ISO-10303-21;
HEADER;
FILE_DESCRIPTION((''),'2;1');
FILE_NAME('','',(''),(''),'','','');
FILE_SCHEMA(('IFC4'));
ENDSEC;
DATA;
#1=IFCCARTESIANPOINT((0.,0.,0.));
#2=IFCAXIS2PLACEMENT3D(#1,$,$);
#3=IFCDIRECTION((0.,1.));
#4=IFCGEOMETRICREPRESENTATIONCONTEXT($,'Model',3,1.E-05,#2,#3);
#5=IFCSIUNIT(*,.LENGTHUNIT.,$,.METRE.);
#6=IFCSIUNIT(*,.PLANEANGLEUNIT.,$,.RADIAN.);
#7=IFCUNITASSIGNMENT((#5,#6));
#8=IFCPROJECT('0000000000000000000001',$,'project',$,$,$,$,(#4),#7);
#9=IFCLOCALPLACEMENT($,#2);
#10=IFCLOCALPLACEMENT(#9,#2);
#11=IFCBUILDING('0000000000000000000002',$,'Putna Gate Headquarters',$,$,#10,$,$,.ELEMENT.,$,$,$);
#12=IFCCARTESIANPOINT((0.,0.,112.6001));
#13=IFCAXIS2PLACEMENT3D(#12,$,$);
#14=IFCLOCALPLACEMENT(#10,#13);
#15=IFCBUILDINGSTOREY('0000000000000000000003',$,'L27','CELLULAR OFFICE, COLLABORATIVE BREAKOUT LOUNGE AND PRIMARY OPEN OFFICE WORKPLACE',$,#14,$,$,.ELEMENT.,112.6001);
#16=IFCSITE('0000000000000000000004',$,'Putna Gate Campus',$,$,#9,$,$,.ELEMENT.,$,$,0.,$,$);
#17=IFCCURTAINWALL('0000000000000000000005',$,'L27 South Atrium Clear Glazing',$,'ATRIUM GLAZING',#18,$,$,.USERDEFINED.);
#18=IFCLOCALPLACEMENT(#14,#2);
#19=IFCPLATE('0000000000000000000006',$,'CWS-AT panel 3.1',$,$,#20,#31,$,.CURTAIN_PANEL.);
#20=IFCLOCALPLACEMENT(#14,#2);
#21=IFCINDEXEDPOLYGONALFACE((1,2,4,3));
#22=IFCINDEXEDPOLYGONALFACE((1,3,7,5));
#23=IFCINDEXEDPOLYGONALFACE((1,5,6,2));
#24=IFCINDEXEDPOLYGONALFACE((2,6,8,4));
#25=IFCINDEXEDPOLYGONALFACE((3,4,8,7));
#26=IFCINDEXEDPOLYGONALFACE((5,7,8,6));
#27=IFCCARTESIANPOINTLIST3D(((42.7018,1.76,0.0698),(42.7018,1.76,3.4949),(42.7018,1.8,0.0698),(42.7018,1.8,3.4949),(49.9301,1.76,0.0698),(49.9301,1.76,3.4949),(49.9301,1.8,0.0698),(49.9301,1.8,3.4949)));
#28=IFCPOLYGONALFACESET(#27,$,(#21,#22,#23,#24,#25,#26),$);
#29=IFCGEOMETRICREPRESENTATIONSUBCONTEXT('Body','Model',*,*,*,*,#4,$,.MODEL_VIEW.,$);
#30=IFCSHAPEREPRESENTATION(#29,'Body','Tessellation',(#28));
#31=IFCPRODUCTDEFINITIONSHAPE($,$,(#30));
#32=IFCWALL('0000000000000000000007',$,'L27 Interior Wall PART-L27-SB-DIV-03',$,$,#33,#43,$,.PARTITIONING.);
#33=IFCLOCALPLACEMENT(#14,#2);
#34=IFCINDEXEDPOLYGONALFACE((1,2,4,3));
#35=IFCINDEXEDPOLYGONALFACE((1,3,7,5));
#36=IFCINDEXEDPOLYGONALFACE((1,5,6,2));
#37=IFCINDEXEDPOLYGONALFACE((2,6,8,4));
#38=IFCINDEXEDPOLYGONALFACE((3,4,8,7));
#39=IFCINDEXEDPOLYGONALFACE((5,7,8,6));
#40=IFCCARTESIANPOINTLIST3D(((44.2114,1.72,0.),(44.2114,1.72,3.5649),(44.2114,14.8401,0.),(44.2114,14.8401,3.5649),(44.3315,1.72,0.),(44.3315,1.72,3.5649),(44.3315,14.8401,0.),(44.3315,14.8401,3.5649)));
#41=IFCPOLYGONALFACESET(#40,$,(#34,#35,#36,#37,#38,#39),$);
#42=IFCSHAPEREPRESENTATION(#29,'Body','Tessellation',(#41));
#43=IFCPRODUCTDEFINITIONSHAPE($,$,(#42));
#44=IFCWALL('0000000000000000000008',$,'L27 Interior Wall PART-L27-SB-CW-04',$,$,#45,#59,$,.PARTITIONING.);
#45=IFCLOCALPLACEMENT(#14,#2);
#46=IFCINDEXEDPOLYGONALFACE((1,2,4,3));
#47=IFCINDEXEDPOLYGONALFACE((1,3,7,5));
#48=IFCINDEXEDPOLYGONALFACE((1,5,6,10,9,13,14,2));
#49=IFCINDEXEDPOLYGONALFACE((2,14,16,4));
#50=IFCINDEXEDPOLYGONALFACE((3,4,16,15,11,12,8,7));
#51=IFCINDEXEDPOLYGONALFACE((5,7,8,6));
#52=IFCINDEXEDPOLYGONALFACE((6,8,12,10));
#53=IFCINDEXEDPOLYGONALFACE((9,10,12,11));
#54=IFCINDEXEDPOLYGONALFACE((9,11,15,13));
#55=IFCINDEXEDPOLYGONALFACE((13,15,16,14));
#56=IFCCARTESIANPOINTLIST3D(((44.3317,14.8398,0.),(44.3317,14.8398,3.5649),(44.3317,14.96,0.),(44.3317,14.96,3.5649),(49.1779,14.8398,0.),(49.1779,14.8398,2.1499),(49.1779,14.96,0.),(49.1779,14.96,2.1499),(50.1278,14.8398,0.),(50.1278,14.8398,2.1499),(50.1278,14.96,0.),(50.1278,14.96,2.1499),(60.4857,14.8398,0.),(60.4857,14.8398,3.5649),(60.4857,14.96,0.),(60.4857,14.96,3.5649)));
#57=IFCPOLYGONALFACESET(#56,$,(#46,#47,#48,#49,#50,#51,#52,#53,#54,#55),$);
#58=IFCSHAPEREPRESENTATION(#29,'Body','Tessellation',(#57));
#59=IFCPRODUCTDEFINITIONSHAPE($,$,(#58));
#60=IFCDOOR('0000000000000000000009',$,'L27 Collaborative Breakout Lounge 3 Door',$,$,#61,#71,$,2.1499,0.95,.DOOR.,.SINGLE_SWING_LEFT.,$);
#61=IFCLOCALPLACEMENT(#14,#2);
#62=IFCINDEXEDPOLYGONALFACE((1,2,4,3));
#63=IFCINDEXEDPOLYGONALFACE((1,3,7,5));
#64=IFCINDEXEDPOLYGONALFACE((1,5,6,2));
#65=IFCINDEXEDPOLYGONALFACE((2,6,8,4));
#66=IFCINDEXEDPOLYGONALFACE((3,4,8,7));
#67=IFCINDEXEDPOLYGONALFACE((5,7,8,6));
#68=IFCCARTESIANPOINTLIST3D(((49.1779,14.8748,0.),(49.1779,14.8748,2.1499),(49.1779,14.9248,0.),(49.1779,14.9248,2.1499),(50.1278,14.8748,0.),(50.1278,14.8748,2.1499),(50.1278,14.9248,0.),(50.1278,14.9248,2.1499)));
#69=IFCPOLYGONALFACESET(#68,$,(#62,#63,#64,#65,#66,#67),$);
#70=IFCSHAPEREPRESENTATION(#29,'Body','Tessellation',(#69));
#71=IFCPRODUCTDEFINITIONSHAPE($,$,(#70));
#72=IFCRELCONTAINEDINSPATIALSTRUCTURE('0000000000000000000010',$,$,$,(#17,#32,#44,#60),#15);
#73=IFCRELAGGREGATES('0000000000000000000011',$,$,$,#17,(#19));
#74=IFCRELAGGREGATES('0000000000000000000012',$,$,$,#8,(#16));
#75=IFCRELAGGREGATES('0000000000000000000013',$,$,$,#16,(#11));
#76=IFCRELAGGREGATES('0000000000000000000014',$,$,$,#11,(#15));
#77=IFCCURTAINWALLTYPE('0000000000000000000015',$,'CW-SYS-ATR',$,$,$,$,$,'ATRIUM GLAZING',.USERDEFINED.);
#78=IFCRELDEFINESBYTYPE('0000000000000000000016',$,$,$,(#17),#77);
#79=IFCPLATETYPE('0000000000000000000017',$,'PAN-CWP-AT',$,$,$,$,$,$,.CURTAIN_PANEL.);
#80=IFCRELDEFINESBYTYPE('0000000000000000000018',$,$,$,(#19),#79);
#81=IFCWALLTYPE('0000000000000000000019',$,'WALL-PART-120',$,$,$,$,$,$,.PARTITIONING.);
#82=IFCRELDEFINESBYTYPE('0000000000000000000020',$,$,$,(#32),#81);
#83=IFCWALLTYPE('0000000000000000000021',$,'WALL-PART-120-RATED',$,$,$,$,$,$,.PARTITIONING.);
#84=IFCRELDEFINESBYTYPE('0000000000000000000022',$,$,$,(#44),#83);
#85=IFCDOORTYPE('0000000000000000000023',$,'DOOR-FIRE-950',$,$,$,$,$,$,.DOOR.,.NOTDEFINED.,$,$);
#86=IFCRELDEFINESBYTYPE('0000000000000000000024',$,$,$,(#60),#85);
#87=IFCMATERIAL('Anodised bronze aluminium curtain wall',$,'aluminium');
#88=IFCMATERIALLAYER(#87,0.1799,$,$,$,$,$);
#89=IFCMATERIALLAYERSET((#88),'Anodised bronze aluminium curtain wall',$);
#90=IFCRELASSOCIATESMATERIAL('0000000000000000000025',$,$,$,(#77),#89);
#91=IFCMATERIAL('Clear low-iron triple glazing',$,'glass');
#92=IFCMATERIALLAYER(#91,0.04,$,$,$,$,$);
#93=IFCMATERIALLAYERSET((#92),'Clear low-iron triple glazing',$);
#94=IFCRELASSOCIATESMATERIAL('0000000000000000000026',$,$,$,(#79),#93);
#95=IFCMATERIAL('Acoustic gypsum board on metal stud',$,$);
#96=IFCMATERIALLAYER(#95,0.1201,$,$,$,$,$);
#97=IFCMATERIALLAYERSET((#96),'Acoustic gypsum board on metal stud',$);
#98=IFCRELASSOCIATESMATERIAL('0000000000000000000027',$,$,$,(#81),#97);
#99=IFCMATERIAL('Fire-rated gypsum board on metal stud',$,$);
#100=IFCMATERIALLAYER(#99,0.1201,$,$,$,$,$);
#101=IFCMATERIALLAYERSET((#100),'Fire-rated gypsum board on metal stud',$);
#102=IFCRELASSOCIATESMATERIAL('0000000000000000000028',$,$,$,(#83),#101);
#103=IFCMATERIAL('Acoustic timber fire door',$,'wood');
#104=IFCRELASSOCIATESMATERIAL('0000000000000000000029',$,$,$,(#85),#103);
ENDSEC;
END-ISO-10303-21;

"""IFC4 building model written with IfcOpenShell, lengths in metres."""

from ifc_helpers import new_model, si_unit, direction, frame, frame_2d, origin, origin_2d, place, context, subcontext, project, spatial, rectangle, extrude, material, layer, layer_set, type_object, element, fill, aggregate, save


model = new_model("IFC4")

# Units and contexts
model_context = context("Model", 3, precision=1e-05, world=origin(), true_north=direction((0.0, 1.0)))
body_context = subcontext(model_context, "Body", "Model", "MODEL_VIEW")
ifc_project = project(units=[si_unit("LENGTHUNIT", "METRE"), si_unit("PLANEANGLEUNIT", "RADIAN")], contexts=[model_context])

# Site, building, storey
site_placement = place(None, origin())
site = spatial("IfcSite", under=ifc_project, at=site_placement, Name="Putna Gate Campus", CompositionType="ELEMENT", RefElevation=0.0)
building_placement = place(site_placement, origin())
building = spatial("IfcBuilding", under=site, at=building_placement, Name="Putna Gate Headquarters", CompositionType="ELEMENT")
storey_placement = place(building_placement, frame((0.0, 0.0, 112.6001)))
storey = spatial("IfcBuildingStorey", under=building, at=storey_placement, Name="L27", Description="CELLULAR OFFICE, COLLABORATIVE BREAKOUT LOUNGE AND PRIMARY OPEN OFFICE WORKPLACE", CompositionType="ELEMENT", Elevation=112.6001)

# Curtain wall, plate
ifc_material_1 = material(Name="Anodised bronze aluminium curtain wall", Category="aluminium")
ifc_layer_1 = layer(ifc_material_1, 0.1799)
ifc_layer_set_1 = layer_set([ifc_layer_1], Name="Anodised bronze aluminium curtain wall")
curtain_wall_type = type_object("IfcCurtainWallType", Name="CW-SYS-ATR", ElementType="ATRIUM GLAZING", PredefinedType="USERDEFINED", material=ifc_layer_set_1)
curtain_wall_placement = place(storey_placement, origin())
curtain_wall = element("IfcCurtainWall", 1, at=curtain_wall_placement, inside=storey, type_object=curtain_wall_type, Name="L27 South Atrium Clear Glazing", ObjectType="ATRIUM GLAZING", PredefinedType="USERDEFINED")
ifc_material_2 = material(Name="Clear low-iron triple glazing", Category="glass")
ifc_layer_2 = layer(ifc_material_2, 0.04)
ifc_layer_set_2 = layer_set([ifc_layer_2], Name="Clear low-iron triple glazing")
plate_type = type_object("IfcPlateType", Name="PAN-CWP-AT", PredefinedType="CURTAIN_PANEL", material=ifc_layer_set_2)
plate_1_placement = place(storey_placement, frame((46.3159, 1.78, 0.0698), z_axis=(0.0, 0.0, 1.0), x_axis=(1.0, 0.0, 0.0)))
plate_1 = element("IfcPlate", 2, at=plate_1_placement, type_object=plate_type, Name="CWS-AT panel 3.1", PredefinedType="CURTAIN_PANEL", context=body_context, shape_type="SweptSolid", body=[
    extrude(rectangle(XDim=7.2283, YDim=0.04, at=origin_2d()), origin(), (0.0, 0.0, 1.0), 3.425),
])
aggregate(curtain_wall, [plate_1])

# Wall
ifc_material_3 = material(Name="Acoustic gypsum board on metal stud")
ifc_layer_3 = layer(ifc_material_3, 0.1201)
ifc_layer_set_3 = layer_set([ifc_layer_3], Name="Acoustic gypsum board on metal stud")
wall_type_1 = type_object("IfcWallType", Name="WALL-PART-120", PredefinedType="PARTITIONING", material=ifc_layer_set_3)
wall_1_placement = place(storey_placement, frame((44.2715, 1.72, 0.0), z_axis=(0.0, 0.0, 1.0), x_axis=(0.0, 1.0, 0.0)))
element("IfcWall", 3, at=wall_1_placement, inside=storey, type_object=wall_type_1, Name="L27 Interior Wall PART-L27-SB-DIV-03", PredefinedType="PARTITIONING", context=body_context, shape_type="SweptSolid", body=[
    extrude(rectangle(XDim=13.1201, YDim=0.1201, at=frame_2d((6.5601, 0.0))), origin(), (0.0, 0.0, 1.0), 3.5649),
])

# Wall, opening, door
ifc_material_4 = material(Name="Fire-rated gypsum board on metal stud")
ifc_layer_4 = layer(ifc_material_4, 0.1201)
ifc_layer_set_4 = layer_set([ifc_layer_4], Name="Fire-rated gypsum board on metal stud")
wall_type_2 = type_object("IfcWallType", Name="WALL-PART-120-RATED", PredefinedType="PARTITIONING", material=ifc_layer_set_4)
wall_2_placement = place(storey_placement, frame((44.3315, 14.8999, 0.0), z_axis=(0.0, 0.0, 1.0), x_axis=(1.0, 0.0, 0.0)))
wall_2 = element("IfcWall", 4, at=wall_2_placement, inside=storey, type_object=wall_type_2, Name="L27 Interior Wall PART-L27-SB-CW-04", PredefinedType="PARTITIONING", context=body_context, shape_type="SweptSolid", body=[
    extrude(rectangle(XDim=16.1541, YDim=0.1201, at=frame_2d((8.0771, 0.0))), origin(), (0.0, 0.0, 1.0), 3.5649),
])
opening_placement = place(wall_2_placement, frame((4.8462, 0.0, 0.0)))
opening = element("IfcOpeningElement", 5, at=opening_placement, cuts=wall_2, PredefinedType="OPENING", context=body_context, shape_type="SweptSolid", body=[
    extrude(rectangle(XDim=0.95, YDim=2.1499, at=frame_2d((0.4751, 1.075))), frame((0.0, 0.0701, 0.0), z_axis=(0.0, -1.0, 0.0), x_axis=(1.0, 0.0, 0.0)), (0.0, 0.0, 1.0), 0.1401),
])
ifc_material_5 = material(Name="Acoustic timber fire door", Category="wood")
door_type = type_object("IfcDoorType", Name="DOOR-FIRE-950", OperationType="NOTDEFINED", PredefinedType="DOOR", material=ifc_material_5)
door_placement = place(opening_placement, origin())
door = element("IfcDoor", 6, at=door_placement, inside=storey, type_object=door_type, Name="L27 Collaborative Breakout Lounge 3 Door", OperationType="SINGLE_SWING_LEFT", OverallHeight=2.1499, OverallWidth=0.95, PredefinedType="DOOR", context=body_context, shape_type="SweptSolid", body=[
    extrude(rectangle(XDim=0.95, YDim=2.1499, at=frame_2d((0.4751, 1.075))), frame((0.0, 0.0249, 0.0), z_axis=(0.0, -1.0, 0.0), x_axis=(1.0, 0.0, 0.0)), (0.0, 0.0, 1.0), 0.05),
])
fill(opening, door)

save(model, "model.ifc")
